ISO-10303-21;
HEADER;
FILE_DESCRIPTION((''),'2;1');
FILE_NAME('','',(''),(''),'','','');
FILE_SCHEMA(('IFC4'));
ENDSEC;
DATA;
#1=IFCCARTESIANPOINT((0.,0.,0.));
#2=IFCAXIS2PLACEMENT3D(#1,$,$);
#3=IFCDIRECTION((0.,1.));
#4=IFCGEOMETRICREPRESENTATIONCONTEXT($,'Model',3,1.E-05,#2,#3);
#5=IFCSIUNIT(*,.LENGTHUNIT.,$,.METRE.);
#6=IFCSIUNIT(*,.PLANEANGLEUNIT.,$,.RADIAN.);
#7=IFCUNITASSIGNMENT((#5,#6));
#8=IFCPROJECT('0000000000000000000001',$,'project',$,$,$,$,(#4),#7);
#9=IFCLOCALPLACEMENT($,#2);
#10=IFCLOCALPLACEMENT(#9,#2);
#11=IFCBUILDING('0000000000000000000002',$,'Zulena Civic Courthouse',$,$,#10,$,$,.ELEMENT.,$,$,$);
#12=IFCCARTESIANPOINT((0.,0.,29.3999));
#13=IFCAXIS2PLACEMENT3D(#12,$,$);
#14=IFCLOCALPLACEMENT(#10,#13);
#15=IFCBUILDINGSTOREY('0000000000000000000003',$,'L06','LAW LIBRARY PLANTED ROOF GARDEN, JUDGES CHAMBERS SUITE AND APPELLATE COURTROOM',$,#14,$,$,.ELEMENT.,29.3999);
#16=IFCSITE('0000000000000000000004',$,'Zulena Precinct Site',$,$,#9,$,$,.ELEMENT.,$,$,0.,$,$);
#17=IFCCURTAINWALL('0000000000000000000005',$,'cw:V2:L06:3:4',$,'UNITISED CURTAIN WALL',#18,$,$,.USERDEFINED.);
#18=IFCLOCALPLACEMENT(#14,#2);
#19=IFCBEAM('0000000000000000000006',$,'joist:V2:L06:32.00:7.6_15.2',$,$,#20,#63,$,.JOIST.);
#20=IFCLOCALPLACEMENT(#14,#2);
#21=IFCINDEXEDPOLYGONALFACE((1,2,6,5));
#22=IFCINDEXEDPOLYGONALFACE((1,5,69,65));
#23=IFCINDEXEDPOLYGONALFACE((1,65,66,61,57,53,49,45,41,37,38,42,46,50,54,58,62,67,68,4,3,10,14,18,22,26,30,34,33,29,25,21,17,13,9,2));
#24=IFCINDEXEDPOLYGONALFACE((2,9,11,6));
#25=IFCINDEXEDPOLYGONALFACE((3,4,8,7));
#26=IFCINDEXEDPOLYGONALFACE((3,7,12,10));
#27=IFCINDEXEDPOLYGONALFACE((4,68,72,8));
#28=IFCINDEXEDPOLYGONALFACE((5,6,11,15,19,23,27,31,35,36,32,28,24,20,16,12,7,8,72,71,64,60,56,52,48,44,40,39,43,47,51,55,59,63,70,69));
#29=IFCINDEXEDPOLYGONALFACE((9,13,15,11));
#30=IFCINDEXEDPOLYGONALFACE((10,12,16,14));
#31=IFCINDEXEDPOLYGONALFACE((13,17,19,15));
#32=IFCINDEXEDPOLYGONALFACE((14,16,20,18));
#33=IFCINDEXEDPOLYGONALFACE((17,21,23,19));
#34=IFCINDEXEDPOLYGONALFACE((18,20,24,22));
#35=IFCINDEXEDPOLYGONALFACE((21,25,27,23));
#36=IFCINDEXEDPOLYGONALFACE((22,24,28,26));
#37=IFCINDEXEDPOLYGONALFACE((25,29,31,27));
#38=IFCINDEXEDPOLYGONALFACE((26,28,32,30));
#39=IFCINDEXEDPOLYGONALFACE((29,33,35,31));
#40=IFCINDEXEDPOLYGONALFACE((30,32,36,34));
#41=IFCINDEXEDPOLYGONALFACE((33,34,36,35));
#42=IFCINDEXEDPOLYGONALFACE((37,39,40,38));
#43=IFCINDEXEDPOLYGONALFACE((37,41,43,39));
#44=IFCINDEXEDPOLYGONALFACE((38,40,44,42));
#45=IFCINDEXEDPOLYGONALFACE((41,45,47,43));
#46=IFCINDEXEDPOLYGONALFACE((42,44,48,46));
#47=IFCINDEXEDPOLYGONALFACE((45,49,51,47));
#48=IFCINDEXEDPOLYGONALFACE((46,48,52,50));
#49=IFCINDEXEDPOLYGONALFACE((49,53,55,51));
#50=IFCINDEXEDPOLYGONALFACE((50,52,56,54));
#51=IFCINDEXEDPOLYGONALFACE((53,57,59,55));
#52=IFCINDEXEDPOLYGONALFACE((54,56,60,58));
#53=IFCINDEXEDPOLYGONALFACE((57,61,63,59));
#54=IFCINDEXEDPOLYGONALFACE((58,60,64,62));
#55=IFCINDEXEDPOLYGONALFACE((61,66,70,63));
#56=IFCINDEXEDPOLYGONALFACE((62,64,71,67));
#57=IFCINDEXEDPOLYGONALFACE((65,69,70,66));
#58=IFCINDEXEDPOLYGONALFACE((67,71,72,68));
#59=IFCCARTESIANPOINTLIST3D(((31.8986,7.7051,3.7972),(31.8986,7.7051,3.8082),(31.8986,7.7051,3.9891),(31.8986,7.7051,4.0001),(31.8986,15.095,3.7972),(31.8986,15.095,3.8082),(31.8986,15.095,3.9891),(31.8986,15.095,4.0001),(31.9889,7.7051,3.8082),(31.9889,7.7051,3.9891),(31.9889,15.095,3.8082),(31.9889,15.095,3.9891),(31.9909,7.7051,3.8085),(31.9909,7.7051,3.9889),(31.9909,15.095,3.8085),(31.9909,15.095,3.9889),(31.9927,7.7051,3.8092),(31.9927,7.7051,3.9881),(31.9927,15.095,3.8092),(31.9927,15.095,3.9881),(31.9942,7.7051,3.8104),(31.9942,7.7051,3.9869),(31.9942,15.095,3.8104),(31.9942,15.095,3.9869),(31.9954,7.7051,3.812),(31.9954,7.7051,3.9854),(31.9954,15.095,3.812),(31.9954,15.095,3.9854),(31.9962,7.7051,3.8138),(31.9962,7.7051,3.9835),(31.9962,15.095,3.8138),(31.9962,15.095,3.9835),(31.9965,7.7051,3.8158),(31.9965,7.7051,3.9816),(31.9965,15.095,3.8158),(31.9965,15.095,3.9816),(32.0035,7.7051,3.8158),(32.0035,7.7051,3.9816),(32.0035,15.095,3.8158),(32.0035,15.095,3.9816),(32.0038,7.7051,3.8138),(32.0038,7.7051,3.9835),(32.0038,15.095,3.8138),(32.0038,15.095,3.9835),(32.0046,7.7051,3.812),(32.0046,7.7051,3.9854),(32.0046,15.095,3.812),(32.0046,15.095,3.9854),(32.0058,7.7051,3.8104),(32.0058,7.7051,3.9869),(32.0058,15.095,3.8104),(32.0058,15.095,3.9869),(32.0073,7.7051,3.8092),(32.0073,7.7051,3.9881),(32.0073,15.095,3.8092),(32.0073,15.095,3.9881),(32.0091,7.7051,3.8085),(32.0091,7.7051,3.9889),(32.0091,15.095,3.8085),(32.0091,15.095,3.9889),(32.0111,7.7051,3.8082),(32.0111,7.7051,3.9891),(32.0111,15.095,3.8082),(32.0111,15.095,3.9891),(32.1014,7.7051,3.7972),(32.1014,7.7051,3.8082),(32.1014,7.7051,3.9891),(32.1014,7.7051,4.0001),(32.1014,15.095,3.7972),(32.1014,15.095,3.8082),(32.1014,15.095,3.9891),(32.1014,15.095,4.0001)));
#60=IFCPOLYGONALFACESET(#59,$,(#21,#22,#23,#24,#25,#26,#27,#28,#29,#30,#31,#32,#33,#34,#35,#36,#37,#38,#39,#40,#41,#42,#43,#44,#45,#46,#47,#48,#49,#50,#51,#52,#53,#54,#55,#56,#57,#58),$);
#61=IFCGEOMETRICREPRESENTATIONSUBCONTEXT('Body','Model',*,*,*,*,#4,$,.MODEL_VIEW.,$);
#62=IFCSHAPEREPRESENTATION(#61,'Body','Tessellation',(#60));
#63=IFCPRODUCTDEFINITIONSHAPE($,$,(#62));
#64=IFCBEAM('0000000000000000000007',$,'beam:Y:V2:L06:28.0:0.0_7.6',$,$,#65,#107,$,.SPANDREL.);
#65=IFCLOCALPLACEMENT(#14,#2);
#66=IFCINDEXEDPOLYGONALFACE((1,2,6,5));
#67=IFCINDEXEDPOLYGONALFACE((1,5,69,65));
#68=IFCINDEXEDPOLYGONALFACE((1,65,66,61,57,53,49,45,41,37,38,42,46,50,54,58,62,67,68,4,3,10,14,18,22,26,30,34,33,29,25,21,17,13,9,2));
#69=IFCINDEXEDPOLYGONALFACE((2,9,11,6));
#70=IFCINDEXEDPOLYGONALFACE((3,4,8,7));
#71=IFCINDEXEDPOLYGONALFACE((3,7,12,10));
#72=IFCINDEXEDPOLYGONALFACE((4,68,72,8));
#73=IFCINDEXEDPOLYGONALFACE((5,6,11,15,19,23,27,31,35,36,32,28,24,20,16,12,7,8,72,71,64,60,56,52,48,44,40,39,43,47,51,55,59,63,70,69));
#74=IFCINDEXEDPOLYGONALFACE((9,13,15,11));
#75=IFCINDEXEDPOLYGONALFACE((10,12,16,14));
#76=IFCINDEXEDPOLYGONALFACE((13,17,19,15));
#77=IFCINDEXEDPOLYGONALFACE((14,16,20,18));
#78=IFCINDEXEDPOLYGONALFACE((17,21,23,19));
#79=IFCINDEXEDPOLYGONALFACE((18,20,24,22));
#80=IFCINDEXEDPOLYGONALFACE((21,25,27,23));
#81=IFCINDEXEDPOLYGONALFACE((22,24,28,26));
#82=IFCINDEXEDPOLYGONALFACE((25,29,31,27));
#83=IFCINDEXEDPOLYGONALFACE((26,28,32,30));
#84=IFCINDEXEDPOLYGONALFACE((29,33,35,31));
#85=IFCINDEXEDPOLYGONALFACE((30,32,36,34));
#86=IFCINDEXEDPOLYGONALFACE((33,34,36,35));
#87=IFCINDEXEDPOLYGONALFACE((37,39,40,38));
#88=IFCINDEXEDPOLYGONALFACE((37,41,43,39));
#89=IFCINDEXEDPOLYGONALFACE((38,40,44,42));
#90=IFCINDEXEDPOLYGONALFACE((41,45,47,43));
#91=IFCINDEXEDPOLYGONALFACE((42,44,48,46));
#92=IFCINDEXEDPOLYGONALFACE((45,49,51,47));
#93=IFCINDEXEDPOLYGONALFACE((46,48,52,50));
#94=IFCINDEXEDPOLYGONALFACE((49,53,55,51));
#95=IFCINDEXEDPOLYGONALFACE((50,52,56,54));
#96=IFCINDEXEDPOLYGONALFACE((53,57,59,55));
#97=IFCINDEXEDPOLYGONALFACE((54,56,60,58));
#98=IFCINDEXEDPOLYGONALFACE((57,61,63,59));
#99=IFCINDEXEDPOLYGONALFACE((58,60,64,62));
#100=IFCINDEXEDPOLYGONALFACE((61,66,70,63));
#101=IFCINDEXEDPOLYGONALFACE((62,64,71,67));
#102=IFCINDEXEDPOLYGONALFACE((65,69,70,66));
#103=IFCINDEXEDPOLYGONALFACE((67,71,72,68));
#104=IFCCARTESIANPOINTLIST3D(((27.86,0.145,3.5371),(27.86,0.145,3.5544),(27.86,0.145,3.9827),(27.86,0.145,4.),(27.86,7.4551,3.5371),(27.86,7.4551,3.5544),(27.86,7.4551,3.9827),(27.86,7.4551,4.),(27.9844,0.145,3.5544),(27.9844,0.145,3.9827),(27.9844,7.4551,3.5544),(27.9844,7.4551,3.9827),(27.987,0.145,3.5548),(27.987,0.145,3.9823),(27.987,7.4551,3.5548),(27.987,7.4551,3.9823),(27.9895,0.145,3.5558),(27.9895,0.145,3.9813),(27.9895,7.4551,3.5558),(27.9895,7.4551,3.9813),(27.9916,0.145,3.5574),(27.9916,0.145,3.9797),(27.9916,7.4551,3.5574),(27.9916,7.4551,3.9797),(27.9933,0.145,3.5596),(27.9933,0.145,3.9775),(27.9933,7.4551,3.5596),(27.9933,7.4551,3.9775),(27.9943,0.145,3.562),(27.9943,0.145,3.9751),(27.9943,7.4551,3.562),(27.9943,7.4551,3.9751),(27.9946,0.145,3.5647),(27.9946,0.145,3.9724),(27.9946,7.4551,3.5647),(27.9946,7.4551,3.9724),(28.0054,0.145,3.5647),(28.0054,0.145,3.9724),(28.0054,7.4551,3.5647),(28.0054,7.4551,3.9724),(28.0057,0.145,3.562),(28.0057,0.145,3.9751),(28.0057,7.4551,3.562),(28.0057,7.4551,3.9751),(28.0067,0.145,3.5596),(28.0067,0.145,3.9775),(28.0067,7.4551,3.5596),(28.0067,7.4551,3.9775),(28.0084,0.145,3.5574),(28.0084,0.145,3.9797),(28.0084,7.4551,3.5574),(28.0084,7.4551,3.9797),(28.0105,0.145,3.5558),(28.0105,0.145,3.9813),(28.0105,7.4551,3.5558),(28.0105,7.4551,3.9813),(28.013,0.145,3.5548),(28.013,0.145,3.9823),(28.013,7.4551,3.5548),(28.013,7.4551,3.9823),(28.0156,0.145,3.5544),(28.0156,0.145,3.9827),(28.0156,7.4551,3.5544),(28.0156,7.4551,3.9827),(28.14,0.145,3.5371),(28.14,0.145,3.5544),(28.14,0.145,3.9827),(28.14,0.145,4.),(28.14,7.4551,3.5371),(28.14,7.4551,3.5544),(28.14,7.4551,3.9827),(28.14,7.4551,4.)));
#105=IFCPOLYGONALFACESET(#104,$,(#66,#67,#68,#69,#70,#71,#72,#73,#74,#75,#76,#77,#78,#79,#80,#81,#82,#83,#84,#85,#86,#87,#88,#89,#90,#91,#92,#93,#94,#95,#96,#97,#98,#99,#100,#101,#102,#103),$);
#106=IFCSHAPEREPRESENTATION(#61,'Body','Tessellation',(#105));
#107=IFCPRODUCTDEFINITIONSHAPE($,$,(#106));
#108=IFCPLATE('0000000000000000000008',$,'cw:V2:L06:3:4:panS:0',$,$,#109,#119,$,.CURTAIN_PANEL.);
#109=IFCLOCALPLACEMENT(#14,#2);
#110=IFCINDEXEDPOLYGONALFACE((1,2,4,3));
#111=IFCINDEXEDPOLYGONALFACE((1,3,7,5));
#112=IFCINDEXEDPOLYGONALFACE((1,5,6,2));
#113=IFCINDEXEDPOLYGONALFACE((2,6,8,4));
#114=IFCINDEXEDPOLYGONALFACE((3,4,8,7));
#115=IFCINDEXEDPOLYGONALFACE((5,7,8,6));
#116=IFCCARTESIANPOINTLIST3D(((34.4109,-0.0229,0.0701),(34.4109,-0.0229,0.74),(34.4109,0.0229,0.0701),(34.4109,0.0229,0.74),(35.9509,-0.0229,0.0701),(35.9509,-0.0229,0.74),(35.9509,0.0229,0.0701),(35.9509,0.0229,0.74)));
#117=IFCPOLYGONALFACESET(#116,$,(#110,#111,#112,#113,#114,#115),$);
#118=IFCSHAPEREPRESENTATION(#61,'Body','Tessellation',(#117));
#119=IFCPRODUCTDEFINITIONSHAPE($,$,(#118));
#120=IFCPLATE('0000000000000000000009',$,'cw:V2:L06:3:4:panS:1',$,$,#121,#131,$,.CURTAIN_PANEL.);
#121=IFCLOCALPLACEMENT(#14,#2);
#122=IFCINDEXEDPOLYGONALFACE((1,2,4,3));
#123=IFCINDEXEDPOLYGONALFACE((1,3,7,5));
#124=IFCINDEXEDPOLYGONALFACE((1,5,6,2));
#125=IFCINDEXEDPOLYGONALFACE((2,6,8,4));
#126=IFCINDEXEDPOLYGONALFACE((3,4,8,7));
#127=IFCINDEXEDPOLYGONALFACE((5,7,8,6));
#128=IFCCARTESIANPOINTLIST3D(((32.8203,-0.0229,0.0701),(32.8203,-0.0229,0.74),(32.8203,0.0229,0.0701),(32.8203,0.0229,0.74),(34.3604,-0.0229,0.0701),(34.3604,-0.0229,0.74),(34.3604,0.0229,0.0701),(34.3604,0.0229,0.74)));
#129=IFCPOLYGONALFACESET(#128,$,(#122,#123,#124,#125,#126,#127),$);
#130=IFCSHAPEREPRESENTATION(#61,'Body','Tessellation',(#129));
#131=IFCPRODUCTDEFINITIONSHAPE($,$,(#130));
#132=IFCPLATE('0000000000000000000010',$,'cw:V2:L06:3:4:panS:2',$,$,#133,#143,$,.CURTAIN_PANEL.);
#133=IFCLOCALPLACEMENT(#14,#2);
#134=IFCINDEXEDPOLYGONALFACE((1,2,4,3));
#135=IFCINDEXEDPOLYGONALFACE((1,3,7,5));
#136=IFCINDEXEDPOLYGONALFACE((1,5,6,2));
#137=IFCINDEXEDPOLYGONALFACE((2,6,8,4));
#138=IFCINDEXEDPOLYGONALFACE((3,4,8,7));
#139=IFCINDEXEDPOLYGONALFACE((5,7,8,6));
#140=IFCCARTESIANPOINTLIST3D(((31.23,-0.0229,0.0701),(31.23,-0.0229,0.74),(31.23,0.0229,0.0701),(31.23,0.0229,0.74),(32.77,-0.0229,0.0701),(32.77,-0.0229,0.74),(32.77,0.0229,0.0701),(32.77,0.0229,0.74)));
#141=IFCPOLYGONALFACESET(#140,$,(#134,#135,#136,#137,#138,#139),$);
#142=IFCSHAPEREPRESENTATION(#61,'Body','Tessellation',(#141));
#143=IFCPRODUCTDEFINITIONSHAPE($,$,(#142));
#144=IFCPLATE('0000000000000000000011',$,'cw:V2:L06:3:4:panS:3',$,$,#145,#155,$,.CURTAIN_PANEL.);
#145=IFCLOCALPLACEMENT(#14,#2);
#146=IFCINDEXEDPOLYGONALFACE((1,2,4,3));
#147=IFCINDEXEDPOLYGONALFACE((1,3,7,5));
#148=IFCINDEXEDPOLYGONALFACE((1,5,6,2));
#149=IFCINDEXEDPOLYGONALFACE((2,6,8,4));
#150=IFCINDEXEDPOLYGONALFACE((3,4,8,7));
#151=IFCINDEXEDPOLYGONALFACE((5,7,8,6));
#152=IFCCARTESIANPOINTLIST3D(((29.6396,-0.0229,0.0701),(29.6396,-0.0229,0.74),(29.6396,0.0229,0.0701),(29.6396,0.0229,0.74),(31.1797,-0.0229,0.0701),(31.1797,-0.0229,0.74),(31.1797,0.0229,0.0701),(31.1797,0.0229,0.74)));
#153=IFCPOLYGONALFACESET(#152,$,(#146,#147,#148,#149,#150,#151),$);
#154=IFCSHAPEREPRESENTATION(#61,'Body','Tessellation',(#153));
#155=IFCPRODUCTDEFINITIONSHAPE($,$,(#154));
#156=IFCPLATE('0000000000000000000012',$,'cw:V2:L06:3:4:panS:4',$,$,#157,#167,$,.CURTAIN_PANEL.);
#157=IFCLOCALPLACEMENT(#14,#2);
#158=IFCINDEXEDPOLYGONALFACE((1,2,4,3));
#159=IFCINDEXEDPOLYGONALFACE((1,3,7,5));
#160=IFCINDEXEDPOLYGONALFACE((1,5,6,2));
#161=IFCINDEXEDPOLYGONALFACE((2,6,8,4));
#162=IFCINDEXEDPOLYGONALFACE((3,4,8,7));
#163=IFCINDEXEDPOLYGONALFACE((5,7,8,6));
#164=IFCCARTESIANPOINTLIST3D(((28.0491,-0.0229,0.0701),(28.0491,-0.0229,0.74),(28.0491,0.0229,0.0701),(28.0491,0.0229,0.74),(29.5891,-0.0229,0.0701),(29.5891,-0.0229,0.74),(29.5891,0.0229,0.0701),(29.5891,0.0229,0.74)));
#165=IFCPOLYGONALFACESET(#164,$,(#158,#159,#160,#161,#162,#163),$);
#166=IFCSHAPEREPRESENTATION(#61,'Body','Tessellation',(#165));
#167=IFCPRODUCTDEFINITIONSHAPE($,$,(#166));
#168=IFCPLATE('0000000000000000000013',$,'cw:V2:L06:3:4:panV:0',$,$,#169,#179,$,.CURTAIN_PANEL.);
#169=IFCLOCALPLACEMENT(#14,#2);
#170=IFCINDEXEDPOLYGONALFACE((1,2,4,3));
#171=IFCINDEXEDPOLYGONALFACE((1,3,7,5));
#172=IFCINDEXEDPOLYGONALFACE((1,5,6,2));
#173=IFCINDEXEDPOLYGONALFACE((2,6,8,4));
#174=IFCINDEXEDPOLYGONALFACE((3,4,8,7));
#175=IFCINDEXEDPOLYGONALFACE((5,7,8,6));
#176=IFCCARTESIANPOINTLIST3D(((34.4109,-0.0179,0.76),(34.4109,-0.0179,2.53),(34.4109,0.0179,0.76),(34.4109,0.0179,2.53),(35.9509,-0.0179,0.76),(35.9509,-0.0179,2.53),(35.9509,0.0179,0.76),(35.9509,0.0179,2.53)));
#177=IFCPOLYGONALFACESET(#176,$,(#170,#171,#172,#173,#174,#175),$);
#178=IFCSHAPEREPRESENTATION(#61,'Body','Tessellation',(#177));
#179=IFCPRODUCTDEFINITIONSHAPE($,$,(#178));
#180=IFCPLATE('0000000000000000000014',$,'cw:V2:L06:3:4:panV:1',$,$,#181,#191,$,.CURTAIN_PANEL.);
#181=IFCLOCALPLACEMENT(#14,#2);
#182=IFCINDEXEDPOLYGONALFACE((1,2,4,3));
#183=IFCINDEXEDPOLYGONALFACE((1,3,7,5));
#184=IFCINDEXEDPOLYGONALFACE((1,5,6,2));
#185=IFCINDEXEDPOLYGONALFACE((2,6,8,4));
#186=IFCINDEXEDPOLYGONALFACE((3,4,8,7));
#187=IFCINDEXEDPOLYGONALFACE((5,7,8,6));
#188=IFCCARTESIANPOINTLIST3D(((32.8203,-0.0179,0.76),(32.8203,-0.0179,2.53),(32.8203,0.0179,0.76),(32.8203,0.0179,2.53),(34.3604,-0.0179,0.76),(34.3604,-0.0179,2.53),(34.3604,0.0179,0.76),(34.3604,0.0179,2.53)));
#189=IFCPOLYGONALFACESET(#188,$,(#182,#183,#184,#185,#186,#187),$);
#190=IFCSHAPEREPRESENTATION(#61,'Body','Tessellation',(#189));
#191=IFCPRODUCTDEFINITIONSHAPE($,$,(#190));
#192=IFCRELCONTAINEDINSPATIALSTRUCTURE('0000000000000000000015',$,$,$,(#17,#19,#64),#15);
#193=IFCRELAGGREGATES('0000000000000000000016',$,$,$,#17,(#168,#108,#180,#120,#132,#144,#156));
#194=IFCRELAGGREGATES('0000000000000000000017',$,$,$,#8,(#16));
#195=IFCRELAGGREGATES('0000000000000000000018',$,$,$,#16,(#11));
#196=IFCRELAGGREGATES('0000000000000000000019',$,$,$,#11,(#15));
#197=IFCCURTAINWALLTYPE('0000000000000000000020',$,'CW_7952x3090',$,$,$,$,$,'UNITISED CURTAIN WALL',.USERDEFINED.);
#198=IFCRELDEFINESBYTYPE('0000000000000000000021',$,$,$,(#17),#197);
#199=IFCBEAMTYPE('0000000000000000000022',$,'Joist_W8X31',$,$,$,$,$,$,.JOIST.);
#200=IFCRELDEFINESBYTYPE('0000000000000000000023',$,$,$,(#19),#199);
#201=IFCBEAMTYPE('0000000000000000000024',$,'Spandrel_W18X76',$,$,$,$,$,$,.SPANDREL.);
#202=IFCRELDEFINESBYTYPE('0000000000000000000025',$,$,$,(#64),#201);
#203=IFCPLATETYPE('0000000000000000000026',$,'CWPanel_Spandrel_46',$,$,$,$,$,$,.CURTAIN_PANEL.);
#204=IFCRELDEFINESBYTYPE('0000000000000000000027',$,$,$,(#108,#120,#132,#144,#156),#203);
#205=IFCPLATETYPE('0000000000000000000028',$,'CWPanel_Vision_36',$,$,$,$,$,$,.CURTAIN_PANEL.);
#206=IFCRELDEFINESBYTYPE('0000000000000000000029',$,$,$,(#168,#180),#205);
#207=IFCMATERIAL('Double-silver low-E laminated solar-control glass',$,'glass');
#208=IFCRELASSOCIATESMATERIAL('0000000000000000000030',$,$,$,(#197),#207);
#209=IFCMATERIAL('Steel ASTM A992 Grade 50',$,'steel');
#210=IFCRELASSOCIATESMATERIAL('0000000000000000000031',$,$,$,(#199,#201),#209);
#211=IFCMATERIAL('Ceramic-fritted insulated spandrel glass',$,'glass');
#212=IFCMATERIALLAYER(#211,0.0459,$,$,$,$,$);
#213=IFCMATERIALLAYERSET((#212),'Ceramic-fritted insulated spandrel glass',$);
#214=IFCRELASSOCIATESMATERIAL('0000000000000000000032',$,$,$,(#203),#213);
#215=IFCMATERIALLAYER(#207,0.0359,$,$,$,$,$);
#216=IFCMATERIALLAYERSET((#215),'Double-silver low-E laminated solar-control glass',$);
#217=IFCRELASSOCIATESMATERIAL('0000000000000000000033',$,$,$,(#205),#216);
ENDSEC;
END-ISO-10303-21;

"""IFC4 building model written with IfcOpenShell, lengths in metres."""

from ifc_helpers import new_model, si_unit, direction, frame, origin, origin_2d, place, context, subcontext, project, spatial, rectangle, i_section, extrude, material, layer, layer_set, material_profile, profile_set, type_object, element, aggregate, save


model = new_model("IFC4")

# Units and contexts
model_context = context("Model", 3, precision=1e-05, world=origin(), true_north=direction((0.0, 1.0)))
body_context = subcontext(model_context, "Body", "Model", "MODEL_VIEW")
ifc_project = project(units=[si_unit("LENGTHUNIT", "METRE"), si_unit("PLANEANGLEUNIT", "RADIAN")], contexts=[model_context])

# Site, building, storey
site_placement = place(None, origin())
site = spatial("IfcSite", under=ifc_project, at=site_placement, Name="Zulena Precinct Site", CompositionType="ELEMENT", RefElevation=0.0)
building_placement = place(site_placement, origin())
building = spatial("IfcBuilding", under=site, at=building_placement, Name="Zulena Civic Courthouse", CompositionType="ELEMENT")
storey_placement = place(building_placement, frame((0.0, 0.0, 29.3999)))
storey = spatial("IfcBuildingStorey", under=building, at=storey_placement, Name="L06", Description="LAW LIBRARY PLANTED ROOF GARDEN, JUDGES CHAMBERS SUITE AND APPELLATE COURTROOM", CompositionType="ELEMENT", Elevation=29.3999)

# Shared definitions
ifc_material_1 = material(Name="Steel ASTM A992 Grade 50", Category="steel")

# Curtain wall
ifc_material_2 = material(Name="Double-silver low-E laminated solar-control glass", Category="glass")
curtain_wall_type = type_object("IfcCurtainWallType", Name="CW_7952x3090", ElementType="UNITISED CURTAIN WALL", PredefinedType="USERDEFINED", material=ifc_material_2)
curtain_wall_placement = place(storey_placement, origin())
curtain_wall = element("IfcCurtainWall", 1, at=curtain_wall_placement, inside=storey, type_object=curtain_wall_type, Name="cw:V2:L06:3:4", ObjectType="UNITISED CURTAIN WALL", PredefinedType="USERDEFINED")

# Beams
ifc_material_profile_1 = material_profile(ifc_material_1, i_section(OverallWidth=0.2029, OverallDepth=0.2029, WebThickness=0.0071, FlangeThickness=0.011, FilletRadius=0.0076, at=origin_2d()), Name="W8X31")
ifc_profile_set_1 = profile_set([ifc_material_profile_1], Name="Steel ASTM A992 Grade 50")
beam_type_1 = type_object("IfcBeamType", Name="Joist_W8X31", PredefinedType="JOIST", material=ifc_profile_set_1)
beam_1_placement = place(storey_placement, frame((32.0, 7.7051, 3.8987), z_axis=(0.0, 1.0, 0.0), x_axis=(-1.0, 0.0, 0.0)))
element("IfcBeam", 2, at=beam_1_placement, inside=storey, type_object=beam_type_1, Name="joist:V2:L06:32.00:7.6_15.2", PredefinedType="JOIST", context=body_context, shape_type="SweptSolid", body=[
    extrude(i_section(OverallWidth=0.2029, OverallDepth=0.2029, WebThickness=0.0071, FlangeThickness=0.011, FilletRadius=0.0076, at=origin_2d()), origin(), (0.0, 0.0, 1.0), 7.3899),
])
ifc_material_profile_2 = material_profile(ifc_material_1, i_section(OverallWidth=0.28, OverallDepth=0.4629, WebThickness=0.0107, FlangeThickness=0.0173, FilletRadius=0.0103, at=origin_2d()), Name="W18X76")
ifc_profile_set_2 = profile_set([ifc_material_profile_2], Name="Steel ASTM A992 Grade 50")
beam_type_2 = type_object("IfcBeamType", Name="Spandrel_W18X76", PredefinedType="SPANDREL", material=ifc_profile_set_2)
beam_2_placement = place(storey_placement, frame((28.0, 0.145, 3.7686), z_axis=(0.0, 1.0, 0.0), x_axis=(-1.0, 0.0, 0.0)))
element("IfcBeam", 3, at=beam_2_placement, inside=storey, type_object=beam_type_2, Name="beam:Y:V2:L06:28.0:0.0_7.6", PredefinedType="SPANDREL", context=body_context, shape_type="SweptSolid", body=[
    extrude(i_section(OverallWidth=0.28, OverallDepth=0.4629, WebThickness=0.0107, FlangeThickness=0.0173, FilletRadius=0.0103, at=origin_2d()), origin(), (0.0, 0.0, 1.0), 7.3101),
])

# Plates
ifc_material_3 = material(Name="Ceramic-fritted insulated spandrel glass", Category="glass")
ifc_layer_1 = layer(ifc_material_3, 0.0459)
ifc_layer_set_1 = layer_set([ifc_layer_1], Name="Ceramic-fritted insulated spandrel glass")
plate_type_1 = type_object("IfcPlateType", Name="CWPanel_Spandrel_46", PredefinedType="CURTAIN_PANEL", material=ifc_layer_set_1)
plate_1_placement = place(storey_placement, frame((35.1809, 0.0, 0.0701), z_axis=(0.0, 0.0, 1.0), x_axis=(-1.0, 0.0, 0.0)))
plate_1 = element("IfcPlate", 4, at=plate_1_placement, type_object=plate_type_1, Name="cw:V2:L06:3:4:panS:0", PredefinedType="CURTAIN_PANEL", context=body_context, shape_type="SweptSolid", body=[
    extrude(rectangle(XDim=1.54, YDim=0.0459, at=origin_2d()), origin(), (0.0, 0.0, 1.0), 0.6699),
])
plate_2_placement = place(storey_placement, frame((33.5903, 0.0, 0.0701), z_axis=(0.0, 0.0, 1.0), x_axis=(-1.0, 0.0, 0.0)))
plate_2 = element("IfcPlate", 5, at=plate_2_placement, type_object=plate_type_1, Name="cw:V2:L06:3:4:panS:1", PredefinedType="CURTAIN_PANEL", context=body_context, shape_type="SweptSolid", body=[
    extrude(rectangle(XDim=1.54, YDim=0.0459, at=origin_2d()), origin(), (0.0, 0.0, 1.0), 0.6699),
])
plate_3_placement = place(storey_placement, frame((32.0, 0.0, 0.0701), z_axis=(0.0, 0.0, 1.0), x_axis=(-1.0, 0.0, 0.0)))
plate_3 = element("IfcPlate", 6, at=plate_3_placement, type_object=plate_type_1, Name="cw:V2:L06:3:4:panS:2", PredefinedType="CURTAIN_PANEL", context=body_context, shape_type="SweptSolid", body=[
    extrude(rectangle(XDim=1.54, YDim=0.0459, at=origin_2d()), origin(), (0.0, 0.0, 1.0), 0.6699),
])
plate_4_placement = place(storey_placement, frame((30.4097, 0.0, 0.0701), z_axis=(0.0, 0.0, 1.0), x_axis=(-1.0, 0.0, 0.0)))
plate_4 = element("IfcPlate", 7, at=plate_4_placement, type_object=plate_type_1, Name="cw:V2:L06:3:4:panS:3", PredefinedType="CURTAIN_PANEL", context=body_context, shape_type="SweptSolid", body=[
    extrude(rectangle(XDim=1.54, YDim=0.0459, at=origin_2d()), origin(), (0.0, 0.0, 1.0), 0.6699),
])
plate_5_placement = place(storey_placement, frame((28.8191, 0.0, 0.0701), z_axis=(0.0, 0.0, 1.0), x_axis=(-1.0, 0.0, 0.0)))
plate_5 = element("IfcPlate", 8, at=plate_5_placement, type_object=plate_type_1, Name="cw:V2:L06:3:4:panS:4", PredefinedType="CURTAIN_PANEL", context=body_context, shape_type="SweptSolid", body=[
    extrude(rectangle(XDim=1.54, YDim=0.0459, at=origin_2d()), origin(), (0.0, 0.0, 1.0), 0.6699),
])
ifc_layer_2 = layer(ifc_material_2, 0.0359)
ifc_layer_set_2 = layer_set([ifc_layer_2], Name="Double-silver low-E laminated solar-control glass")
plate_type_2 = type_object("IfcPlateType", Name="CWPanel_Vision_36", PredefinedType="CURTAIN_PANEL", material=ifc_layer_set_2)
plate_6_placement = place(storey_placement, frame((35.1809, 0.0, 0.76), z_axis=(0.0, 0.0, 1.0), x_axis=(-1.0, 0.0, 0.0)))
plate_6 = element("IfcPlate", 9, at=plate_6_placement, type_object=plate_type_2, Name="cw:V2:L06:3:4:panV:0", PredefinedType="CURTAIN_PANEL", context=body_context, shape_type="SweptSolid", body=[
    extrude(rectangle(XDim=1.54, YDim=0.0359, at=origin_2d()), origin(), (0.0, 0.0, 1.0), 1.77),
])
plate_7_placement = place(storey_placement, frame((33.5903, 0.0, 0.76), z_axis=(0.0, 0.0, 1.0), x_axis=(-1.0, 0.0, 0.0)))
plate_7 = element("IfcPlate", 10, at=plate_7_placement, type_object=plate_type_2, Name="cw:V2:L06:3:4:panV:1", PredefinedType="CURTAIN_PANEL", context=body_context, shape_type="SweptSolid", body=[
    extrude(rectangle(XDim=1.54, YDim=0.0359, at=origin_2d()), origin(), (0.0, 0.0, 1.0), 1.77),
])
aggregate(curtain_wall, [plate_6, plate_1, plate_7, plate_2, plate_3, plate_4, plate_5])

save(model, "model.ifc")
